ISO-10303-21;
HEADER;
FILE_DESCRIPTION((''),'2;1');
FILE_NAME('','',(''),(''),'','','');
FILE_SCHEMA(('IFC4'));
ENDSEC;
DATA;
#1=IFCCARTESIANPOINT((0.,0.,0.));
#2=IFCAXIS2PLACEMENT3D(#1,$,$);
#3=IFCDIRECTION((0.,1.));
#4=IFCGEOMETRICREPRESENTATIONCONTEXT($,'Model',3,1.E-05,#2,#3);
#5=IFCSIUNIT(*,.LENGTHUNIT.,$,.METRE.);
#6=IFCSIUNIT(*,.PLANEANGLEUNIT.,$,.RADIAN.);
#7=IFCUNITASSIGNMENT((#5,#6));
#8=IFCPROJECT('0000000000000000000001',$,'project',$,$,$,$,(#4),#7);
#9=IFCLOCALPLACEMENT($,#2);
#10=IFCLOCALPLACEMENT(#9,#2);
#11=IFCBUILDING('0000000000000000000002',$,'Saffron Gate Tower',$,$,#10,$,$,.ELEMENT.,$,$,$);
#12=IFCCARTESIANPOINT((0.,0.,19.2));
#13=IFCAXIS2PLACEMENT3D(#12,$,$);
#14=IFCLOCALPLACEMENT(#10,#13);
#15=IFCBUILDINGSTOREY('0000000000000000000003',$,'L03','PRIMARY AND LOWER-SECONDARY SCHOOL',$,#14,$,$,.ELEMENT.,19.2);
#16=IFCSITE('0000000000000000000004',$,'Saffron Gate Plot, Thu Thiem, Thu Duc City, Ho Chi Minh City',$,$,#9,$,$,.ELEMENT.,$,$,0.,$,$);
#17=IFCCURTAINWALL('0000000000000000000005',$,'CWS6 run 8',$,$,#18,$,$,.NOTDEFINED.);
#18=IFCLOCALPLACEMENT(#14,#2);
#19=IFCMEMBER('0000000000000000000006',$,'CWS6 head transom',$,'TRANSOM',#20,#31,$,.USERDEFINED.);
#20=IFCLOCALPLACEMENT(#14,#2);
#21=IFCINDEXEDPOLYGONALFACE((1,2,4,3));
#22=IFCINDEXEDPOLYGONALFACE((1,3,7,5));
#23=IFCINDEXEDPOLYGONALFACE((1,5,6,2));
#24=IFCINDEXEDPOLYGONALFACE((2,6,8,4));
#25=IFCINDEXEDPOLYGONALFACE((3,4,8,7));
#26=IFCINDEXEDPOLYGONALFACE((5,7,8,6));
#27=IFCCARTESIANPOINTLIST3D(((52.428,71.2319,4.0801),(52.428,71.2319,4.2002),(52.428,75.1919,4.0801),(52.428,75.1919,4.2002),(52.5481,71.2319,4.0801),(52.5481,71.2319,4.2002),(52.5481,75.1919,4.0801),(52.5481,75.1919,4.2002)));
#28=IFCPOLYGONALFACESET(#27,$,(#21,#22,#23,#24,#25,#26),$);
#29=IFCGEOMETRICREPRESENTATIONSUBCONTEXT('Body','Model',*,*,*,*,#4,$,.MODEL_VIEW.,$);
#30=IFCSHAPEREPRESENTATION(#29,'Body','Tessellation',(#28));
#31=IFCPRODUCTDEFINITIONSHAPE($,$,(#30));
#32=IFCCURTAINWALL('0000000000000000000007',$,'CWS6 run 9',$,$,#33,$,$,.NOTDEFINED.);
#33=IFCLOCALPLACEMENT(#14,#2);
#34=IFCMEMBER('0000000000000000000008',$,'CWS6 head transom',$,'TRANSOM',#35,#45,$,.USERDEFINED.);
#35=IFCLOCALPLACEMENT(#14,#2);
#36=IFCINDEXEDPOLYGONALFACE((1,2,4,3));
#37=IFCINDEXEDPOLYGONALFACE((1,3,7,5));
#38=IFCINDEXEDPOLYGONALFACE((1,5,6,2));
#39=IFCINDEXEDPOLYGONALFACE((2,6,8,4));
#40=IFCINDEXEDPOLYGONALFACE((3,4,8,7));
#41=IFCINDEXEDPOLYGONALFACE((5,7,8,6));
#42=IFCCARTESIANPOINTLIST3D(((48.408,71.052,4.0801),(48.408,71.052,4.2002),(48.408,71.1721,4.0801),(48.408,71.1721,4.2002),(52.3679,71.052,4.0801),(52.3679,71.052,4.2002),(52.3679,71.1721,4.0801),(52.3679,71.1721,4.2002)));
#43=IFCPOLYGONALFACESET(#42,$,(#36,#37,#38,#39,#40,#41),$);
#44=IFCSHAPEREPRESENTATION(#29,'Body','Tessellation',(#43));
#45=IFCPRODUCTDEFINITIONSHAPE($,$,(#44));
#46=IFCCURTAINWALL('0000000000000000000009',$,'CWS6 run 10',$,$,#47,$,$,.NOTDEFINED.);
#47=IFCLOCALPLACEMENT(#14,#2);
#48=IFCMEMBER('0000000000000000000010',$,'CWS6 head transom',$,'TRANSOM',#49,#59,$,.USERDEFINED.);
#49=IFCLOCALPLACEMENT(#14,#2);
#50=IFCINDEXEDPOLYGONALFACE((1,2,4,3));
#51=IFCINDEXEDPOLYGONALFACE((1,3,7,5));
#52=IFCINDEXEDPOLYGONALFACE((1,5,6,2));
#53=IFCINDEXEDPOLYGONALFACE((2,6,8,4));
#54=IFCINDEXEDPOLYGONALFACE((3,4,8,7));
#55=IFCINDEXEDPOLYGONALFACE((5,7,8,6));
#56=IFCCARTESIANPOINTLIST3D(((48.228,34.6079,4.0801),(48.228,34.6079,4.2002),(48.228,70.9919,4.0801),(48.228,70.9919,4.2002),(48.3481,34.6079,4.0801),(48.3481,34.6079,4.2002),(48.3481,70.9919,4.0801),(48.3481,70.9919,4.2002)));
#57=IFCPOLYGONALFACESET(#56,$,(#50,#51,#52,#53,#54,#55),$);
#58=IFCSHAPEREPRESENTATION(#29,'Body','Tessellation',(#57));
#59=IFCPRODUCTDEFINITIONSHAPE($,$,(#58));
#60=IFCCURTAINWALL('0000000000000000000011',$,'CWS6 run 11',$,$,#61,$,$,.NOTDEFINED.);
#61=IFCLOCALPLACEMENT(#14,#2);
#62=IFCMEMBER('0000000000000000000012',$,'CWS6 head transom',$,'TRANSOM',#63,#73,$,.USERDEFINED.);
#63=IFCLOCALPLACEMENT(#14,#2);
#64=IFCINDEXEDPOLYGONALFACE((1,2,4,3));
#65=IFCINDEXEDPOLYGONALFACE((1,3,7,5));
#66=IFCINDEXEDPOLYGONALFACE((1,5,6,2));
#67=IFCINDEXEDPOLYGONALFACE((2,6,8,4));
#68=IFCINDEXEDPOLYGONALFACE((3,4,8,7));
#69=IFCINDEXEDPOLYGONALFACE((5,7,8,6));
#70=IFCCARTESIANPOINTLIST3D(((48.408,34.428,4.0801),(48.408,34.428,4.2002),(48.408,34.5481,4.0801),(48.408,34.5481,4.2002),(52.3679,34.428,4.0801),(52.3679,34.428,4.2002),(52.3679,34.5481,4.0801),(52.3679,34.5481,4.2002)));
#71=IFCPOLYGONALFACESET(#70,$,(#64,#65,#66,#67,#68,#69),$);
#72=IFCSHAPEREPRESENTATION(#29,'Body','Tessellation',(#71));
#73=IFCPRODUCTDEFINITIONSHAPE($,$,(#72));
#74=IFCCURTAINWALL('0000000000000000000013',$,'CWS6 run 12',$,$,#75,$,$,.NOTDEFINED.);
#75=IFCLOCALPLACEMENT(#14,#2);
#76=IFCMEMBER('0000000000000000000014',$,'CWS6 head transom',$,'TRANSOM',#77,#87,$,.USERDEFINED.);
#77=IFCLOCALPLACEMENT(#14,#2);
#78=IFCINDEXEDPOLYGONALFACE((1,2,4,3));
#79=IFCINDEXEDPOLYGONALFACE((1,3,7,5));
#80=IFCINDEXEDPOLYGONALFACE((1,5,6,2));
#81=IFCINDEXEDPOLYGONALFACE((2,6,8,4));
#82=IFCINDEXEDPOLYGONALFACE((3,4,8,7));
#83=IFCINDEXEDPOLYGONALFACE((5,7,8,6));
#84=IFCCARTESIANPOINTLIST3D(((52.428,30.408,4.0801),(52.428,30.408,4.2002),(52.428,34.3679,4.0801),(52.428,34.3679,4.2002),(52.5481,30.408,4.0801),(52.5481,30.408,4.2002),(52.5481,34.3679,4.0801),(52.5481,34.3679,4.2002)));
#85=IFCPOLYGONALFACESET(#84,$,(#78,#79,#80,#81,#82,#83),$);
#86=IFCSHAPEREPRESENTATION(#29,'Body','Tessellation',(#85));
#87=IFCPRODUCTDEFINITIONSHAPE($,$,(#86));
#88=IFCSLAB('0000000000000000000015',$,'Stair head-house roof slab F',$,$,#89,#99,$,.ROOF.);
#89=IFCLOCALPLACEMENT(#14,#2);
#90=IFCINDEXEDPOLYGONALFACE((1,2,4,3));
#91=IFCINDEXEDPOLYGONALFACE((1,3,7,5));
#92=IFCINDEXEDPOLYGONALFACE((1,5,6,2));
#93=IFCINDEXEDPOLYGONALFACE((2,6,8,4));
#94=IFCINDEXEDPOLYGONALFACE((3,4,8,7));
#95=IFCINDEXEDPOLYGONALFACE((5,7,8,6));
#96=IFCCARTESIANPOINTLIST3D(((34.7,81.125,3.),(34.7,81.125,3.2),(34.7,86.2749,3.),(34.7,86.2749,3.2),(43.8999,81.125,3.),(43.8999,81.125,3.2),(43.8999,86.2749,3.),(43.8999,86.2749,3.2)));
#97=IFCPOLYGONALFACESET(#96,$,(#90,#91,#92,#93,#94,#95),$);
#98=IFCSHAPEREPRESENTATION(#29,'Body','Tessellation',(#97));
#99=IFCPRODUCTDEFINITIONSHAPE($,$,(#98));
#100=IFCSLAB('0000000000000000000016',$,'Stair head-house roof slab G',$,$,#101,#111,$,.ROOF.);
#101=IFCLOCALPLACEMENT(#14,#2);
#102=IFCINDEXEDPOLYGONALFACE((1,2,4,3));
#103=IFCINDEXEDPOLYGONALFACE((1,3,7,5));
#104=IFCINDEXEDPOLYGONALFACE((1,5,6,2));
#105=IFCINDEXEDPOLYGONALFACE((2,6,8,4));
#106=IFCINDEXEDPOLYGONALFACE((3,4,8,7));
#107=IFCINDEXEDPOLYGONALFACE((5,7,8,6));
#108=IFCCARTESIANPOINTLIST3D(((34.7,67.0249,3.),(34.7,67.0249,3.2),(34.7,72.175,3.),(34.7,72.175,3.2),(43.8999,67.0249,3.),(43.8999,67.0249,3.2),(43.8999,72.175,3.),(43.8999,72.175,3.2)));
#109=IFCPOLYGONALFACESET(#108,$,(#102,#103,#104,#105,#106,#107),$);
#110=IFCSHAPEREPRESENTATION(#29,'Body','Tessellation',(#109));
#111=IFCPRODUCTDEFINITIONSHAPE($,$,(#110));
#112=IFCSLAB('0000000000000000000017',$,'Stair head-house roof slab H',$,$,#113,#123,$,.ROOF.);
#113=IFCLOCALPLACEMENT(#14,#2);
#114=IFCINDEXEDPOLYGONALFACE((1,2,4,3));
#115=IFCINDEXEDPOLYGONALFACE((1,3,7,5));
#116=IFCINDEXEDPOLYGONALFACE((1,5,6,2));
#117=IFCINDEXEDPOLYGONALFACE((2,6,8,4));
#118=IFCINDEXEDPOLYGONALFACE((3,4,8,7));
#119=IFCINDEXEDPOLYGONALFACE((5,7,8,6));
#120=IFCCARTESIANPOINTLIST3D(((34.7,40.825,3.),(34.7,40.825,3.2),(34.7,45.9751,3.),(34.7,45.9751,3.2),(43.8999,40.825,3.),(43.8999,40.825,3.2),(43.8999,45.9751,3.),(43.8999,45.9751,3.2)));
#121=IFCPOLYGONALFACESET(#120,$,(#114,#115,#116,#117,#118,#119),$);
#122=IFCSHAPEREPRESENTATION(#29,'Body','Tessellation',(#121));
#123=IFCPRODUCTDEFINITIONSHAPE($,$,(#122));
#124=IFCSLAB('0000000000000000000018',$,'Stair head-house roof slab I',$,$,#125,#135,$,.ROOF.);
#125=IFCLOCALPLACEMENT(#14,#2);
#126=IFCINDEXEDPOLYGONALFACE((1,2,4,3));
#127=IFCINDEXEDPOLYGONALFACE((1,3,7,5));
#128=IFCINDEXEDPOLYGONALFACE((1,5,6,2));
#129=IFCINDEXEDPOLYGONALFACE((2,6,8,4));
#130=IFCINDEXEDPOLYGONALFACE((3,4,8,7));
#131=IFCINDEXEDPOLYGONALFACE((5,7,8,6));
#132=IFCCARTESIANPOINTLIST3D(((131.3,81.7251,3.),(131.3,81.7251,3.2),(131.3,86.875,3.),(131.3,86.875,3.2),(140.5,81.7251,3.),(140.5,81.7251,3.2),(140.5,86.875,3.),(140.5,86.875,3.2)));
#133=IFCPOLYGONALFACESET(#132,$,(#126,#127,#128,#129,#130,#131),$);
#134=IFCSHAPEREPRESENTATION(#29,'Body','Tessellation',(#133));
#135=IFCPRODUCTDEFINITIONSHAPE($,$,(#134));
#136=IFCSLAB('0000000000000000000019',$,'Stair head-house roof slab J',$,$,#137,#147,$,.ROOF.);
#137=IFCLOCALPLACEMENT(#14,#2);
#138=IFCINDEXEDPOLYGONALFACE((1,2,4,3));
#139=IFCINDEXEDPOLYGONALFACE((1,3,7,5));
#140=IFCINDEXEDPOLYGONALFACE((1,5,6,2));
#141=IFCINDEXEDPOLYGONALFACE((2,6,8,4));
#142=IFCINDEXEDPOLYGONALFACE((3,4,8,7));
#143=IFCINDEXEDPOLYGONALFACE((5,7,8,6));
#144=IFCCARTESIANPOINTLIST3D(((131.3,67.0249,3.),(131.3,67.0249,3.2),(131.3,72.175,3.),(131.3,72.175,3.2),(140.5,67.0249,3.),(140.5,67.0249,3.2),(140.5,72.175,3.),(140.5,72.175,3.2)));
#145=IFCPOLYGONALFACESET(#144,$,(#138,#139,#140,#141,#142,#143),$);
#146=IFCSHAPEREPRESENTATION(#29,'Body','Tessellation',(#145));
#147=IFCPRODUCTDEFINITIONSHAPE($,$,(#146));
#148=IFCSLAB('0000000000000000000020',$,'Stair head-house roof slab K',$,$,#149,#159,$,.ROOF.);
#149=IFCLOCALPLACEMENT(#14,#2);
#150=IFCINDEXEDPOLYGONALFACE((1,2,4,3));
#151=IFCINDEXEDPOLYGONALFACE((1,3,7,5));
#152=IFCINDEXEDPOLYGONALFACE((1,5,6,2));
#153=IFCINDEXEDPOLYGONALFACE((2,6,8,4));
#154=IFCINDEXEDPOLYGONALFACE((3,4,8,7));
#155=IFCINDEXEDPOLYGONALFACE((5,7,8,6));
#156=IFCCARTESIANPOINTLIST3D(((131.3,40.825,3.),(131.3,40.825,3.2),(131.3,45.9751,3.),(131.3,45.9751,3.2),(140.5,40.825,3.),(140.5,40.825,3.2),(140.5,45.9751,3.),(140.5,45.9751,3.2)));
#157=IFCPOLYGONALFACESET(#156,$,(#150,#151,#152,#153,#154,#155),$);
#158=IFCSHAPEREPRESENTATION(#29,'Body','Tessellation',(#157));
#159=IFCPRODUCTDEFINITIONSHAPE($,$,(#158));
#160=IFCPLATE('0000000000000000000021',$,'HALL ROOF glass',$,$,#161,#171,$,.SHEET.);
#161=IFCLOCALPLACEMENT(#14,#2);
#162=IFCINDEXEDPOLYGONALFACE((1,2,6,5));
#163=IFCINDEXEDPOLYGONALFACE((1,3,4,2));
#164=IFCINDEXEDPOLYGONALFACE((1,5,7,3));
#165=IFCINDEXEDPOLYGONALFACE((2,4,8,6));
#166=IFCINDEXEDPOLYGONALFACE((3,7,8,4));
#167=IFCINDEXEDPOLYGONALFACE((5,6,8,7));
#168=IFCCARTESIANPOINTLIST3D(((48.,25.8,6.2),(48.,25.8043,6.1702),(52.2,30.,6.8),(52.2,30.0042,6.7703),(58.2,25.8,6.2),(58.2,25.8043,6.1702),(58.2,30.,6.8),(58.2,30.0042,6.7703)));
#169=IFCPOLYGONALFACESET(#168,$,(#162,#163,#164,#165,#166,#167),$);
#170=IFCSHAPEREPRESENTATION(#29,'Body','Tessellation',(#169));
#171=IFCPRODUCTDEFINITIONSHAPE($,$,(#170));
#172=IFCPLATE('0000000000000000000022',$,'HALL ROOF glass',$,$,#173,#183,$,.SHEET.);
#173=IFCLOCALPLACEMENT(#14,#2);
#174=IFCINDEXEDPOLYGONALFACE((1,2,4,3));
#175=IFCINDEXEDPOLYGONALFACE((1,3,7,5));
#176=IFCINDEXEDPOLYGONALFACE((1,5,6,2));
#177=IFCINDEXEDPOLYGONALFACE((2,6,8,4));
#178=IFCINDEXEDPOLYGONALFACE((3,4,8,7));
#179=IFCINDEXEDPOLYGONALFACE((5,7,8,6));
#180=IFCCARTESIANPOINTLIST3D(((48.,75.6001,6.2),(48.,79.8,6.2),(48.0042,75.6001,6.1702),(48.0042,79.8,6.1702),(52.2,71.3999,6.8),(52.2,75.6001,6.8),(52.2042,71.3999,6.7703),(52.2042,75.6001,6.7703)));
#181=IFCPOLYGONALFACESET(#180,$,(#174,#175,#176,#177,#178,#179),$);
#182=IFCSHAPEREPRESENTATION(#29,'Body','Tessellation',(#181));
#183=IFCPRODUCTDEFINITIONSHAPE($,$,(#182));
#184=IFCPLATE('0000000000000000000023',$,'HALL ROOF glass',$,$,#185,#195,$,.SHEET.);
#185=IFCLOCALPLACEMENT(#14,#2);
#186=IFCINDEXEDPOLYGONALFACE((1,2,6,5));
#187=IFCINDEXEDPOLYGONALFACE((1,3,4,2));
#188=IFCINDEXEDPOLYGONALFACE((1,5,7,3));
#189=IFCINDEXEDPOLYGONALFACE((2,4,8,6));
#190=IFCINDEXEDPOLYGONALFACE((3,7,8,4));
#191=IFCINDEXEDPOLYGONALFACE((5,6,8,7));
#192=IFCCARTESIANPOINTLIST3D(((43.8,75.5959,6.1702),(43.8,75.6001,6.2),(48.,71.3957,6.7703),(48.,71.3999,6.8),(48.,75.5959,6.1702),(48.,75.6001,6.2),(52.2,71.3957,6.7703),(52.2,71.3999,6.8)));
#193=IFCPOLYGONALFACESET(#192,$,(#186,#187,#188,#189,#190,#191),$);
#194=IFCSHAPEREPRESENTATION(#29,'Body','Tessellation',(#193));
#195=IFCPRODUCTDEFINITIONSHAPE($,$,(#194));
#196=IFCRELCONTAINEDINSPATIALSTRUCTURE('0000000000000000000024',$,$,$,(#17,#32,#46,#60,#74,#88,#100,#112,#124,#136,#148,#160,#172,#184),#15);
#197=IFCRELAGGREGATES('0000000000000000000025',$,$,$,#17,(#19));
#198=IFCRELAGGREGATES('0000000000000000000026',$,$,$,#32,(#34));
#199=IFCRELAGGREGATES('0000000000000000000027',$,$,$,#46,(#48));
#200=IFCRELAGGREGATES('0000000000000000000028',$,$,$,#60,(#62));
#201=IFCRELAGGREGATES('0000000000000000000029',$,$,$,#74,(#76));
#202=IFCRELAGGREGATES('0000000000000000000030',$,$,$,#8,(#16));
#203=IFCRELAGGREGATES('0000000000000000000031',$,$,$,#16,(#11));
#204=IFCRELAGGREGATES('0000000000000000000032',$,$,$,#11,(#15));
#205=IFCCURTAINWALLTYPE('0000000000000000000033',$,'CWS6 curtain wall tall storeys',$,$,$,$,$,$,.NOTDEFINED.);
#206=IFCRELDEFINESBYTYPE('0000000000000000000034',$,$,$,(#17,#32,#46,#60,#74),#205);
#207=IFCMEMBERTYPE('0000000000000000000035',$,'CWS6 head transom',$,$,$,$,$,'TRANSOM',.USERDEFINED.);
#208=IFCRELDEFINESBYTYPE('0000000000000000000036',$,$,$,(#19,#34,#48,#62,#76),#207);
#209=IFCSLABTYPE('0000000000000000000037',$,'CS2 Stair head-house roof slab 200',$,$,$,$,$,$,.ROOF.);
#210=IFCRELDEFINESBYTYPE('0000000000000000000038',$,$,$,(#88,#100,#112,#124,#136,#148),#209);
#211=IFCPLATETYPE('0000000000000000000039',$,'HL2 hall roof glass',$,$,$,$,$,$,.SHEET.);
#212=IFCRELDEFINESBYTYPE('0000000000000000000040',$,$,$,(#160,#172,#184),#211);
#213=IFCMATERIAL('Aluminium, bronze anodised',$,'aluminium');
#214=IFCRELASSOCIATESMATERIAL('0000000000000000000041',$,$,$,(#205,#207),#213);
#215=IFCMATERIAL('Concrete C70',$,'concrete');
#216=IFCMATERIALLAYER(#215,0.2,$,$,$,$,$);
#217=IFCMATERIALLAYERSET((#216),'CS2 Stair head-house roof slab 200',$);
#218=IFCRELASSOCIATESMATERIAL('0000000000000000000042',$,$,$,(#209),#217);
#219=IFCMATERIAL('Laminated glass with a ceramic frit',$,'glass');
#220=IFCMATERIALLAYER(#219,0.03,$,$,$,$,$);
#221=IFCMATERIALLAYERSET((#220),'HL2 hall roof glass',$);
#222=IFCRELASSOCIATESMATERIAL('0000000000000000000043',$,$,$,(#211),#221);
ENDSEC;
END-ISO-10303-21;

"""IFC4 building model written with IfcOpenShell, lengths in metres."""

from ifc_helpers import new_model, si_unit, direction, frame, origin, origin_2d, place, context, subcontext, project, spatial, polyline, rectangle, outline, extrude, material, layer, layer_set, material_profile, profile_set, type_object, element, aggregate, save


model = new_model("IFC4")

# Units and contexts
model_context = context("Model", 3, precision=1e-05, world=origin(), true_north=direction((0.0, 1.0)))
body_context = subcontext(model_context, "Body", "Model", "MODEL_VIEW")
ifc_project = project(units=[si_unit("LENGTHUNIT", "METRE"), si_unit("PLANEANGLEUNIT", "RADIAN")], contexts=[model_context])

# Site, building, storey
site_placement = place(None, origin())
site = spatial("IfcSite", under=ifc_project, at=site_placement, Name="Saffron Gate Plot, Thu Thiem, Thu Duc City, Ho Chi Minh City", CompositionType="ELEMENT", RefElevation=0.0)
building_placement = place(site_placement, origin())
building = spatial("IfcBuilding", under=site, at=building_placement, Name="Saffron Gate Tower", CompositionType="ELEMENT")
storey_placement = place(building_placement, frame((0.0, 0.0, 19.2)))
storey = spatial("IfcBuildingStorey", under=building, at=storey_placement, Name="L03", Description="PRIMARY AND LOWER-SECONDARY SCHOOL", CompositionType="ELEMENT", Elevation=19.2)

# Curtain walls, members
ifc_material_1 = material(Name="Aluminium, bronze anodised", Category="aluminium")
curtain_wall_type = type_object("IfcCurtainWallType", Name="CWS6 curtain wall tall storeys", PredefinedType="NOTDEFINED", material=ifc_material_1)
curtain_wall_1_placement = place(storey_placement, origin())
curtain_wall_1 = element("IfcCurtainWall", 1, at=curtain_wall_1_placement, inside=storey, type_object=curtain_wall_type, Name="CWS6 run 8", PredefinedType="NOTDEFINED")
ifc_material_profile = material_profile(ifc_material_1, rectangle(XDim=0.1201, YDim=0.1201, at=origin_2d()))
ifc_profile_set = profile_set([ifc_material_profile], Name="Aluminium, bronze anodised")
member_type = type_object("IfcMemberType", Name="CWS6 head transom", ElementType="TRANSOM", PredefinedType="USERDEFINED", material=ifc_profile_set)
member_1_placement = place(storey_placement, frame((52.488, 75.1919, 4.1401), z_axis=(0.0, -1.0, 0.0), x_axis=(1.0, 0.0, 0.0)))
member_1 = element("IfcMember", 2, at=member_1_placement, type_object=member_type, Name="CWS6 head transom", ObjectType="TRANSOM", PredefinedType="USERDEFINED", context=body_context, shape_type="SweptSolid", body=[
    extrude(rectangle(XDim=0.1201, YDim=0.1201, at=origin_2d()), origin(), (0.0, 0.0, 1.0), 3.96),
])
aggregate(curtain_wall_1, [member_1])
curtain_wall_2_placement = place(storey_placement, origin())
curtain_wall_2 = element("IfcCurtainWall", 3, at=curtain_wall_2_placement, inside=storey, type_object=curtain_wall_type, Name="CWS6 run 9", PredefinedType="NOTDEFINED")
member_2_placement = place(storey_placement, frame((52.3679, 71.1121, 4.1401), z_axis=(-1.0, 0.0, 0.0), x_axis=(0.0, -1.0, 0.0)))
member_2 = element("IfcMember", 4, at=member_2_placement, type_object=member_type, Name="CWS6 head transom", ObjectType="TRANSOM", PredefinedType="USERDEFINED", context=body_context, shape_type="SweptSolid", body=[
    extrude(rectangle(XDim=0.1201, YDim=0.1201, at=origin_2d()), origin(), (0.0, 0.0, 1.0), 3.96),
])
aggregate(curtain_wall_2, [member_2])
curtain_wall_3_placement = place(storey_placement, origin())
curtain_wall_3 = element("IfcCurtainWall", 5, at=curtain_wall_3_placement, inside=storey, type_object=curtain_wall_type, Name="CWS6 run 10", PredefinedType="NOTDEFINED")
member_3_placement = place(storey_placement, frame((48.2881, 70.9919, 4.1401), z_axis=(0.0, -1.0, 0.0), x_axis=(1.0, 0.0, 0.0)))
member_3 = element("IfcMember", 6, at=member_3_placement, type_object=member_type, Name="CWS6 head transom", ObjectType="TRANSOM", PredefinedType="USERDEFINED", context=body_context, shape_type="SweptSolid", body=[
    extrude(rectangle(XDim=0.1201, YDim=0.1201, at=origin_2d()), origin(), (0.0, 0.0, 1.0), 36.384),
])
aggregate(curtain_wall_3, [member_3])
curtain_wall_4_placement = place(storey_placement, origin())
curtain_wall_4 = element("IfcCurtainWall", 7, at=curtain_wall_4_placement, inside=storey, type_object=curtain_wall_type, Name="CWS6 run 11", PredefinedType="NOTDEFINED")
member_4_placement = place(storey_placement, frame((48.408, 34.488, 4.1401), z_axis=(1.0, 0.0, 0.0), x_axis=(0.0, 1.0, 0.0)))
member_4 = element("IfcMember", 8, at=member_4_placement, type_object=member_type, Name="CWS6 head transom", ObjectType="TRANSOM", PredefinedType="USERDEFINED", context=body_context, shape_type="SweptSolid", body=[
    extrude(rectangle(XDim=0.1201, YDim=0.1201, at=origin_2d()), origin(), (0.0, 0.0, 1.0), 3.96),
])
aggregate(curtain_wall_4, [member_4])
curtain_wall_5_placement = place(storey_placement, origin())
curtain_wall_5 = element("IfcCurtainWall", 9, at=curtain_wall_5_placement, inside=storey, type_object=curtain_wall_type, Name="CWS6 run 12", PredefinedType="NOTDEFINED")
member_5_placement = place(storey_placement, frame((52.488, 34.3679, 4.1401), z_axis=(0.0, -1.0, 0.0), x_axis=(1.0, 0.0, 0.0)))
member_5 = element("IfcMember", 10, at=member_5_placement, type_object=member_type, Name="CWS6 head transom", ObjectType="TRANSOM", PredefinedType="USERDEFINED", context=body_context, shape_type="SweptSolid", body=[
    extrude(rectangle(XDim=0.1201, YDim=0.1201, at=origin_2d()), origin(), (0.0, 0.0, 1.0), 3.96),
])
aggregate(curtain_wall_5, [member_5])

# Slabs
ifc_material_2 = material(Name="Concrete C70", Category="concrete")
ifc_layer_1 = layer(ifc_material_2, 0.2)
ifc_layer_set_1 = layer_set([ifc_layer_1], Name="CS2 Stair head-house roof slab 200")
slab_type = type_object("IfcSlabType", Name="CS2 Stair head-house roof slab 200", PredefinedType="ROOF", material=ifc_layer_set_1)
slab_1_placement = place(storey_placement, frame((0.0, 0.0, 3.0)))
element("IfcSlab", 11, at=slab_1_placement, inside=storey, type_object=slab_type, Name="Stair head-house roof slab F", PredefinedType="ROOF", context=body_context, shape_type="SweptSolid", body=[
    extrude(outline(polyline([(34.7, 81.125), (43.8999, 81.125), (43.8999, 86.2749), (34.7, 86.2749), (34.7, 81.125)])), origin(), (0.0, 0.0, 1.0), 0.2),
])
slab_2_placement = place(storey_placement, frame((0.0, 0.0, 3.0)))
element("IfcSlab", 12, at=slab_2_placement, inside=storey, type_object=slab_type, Name="Stair head-house roof slab G", PredefinedType="ROOF", context=body_context, shape_type="SweptSolid", body=[
    extrude(outline(polyline([(34.7, 67.0249), (43.8999, 67.0249), (43.8999, 72.175), (34.7, 72.175), (34.7, 67.0249)])), origin(), (0.0, 0.0, 1.0), 0.2),
])
slab_3_placement = place(storey_placement, frame((0.0, 0.0, 3.0)))
element("IfcSlab", 13, at=slab_3_placement, inside=storey, type_object=slab_type, Name="Stair head-house roof slab H", PredefinedType="ROOF", context=body_context, shape_type="SweptSolid", body=[
    extrude(outline(polyline([(34.7, 40.825), (43.8999, 40.825), (43.8999, 45.9751), (34.7, 45.9751), (34.7, 40.825)])), origin(), (0.0, 0.0, 1.0), 0.2),
])
slab_4_placement = place(storey_placement, frame((0.0, 0.0, 3.0)))
element("IfcSlab", 14, at=slab_4_placement, inside=storey, type_object=slab_type, Name="Stair head-house roof slab I", PredefinedType="ROOF", context=body_context, shape_type="SweptSolid", body=[
    extrude(outline(polyline([(131.3, 81.7251), (140.5, 81.7251), (140.5, 86.875), (131.3, 86.875), (131.3, 81.7251)])), origin(), (0.0, 0.0, 1.0), 0.2),
])
slab_5_placement = place(storey_placement, frame((0.0, 0.0, 3.0)))
element("IfcSlab", 15, at=slab_5_placement, inside=storey, type_object=slab_type, Name="Stair head-house roof slab J", PredefinedType="ROOF", context=body_context, shape_type="SweptSolid", body=[
    extrude(outline(polyline([(131.3, 67.0249), (140.5, 67.0249), (140.5, 72.175), (131.3, 72.175), (131.3, 67.0249)])), origin(), (0.0, 0.0, 1.0), 0.2),
])
slab_6_placement = place(storey_placement, frame((0.0, 0.0, 3.0)))
element("IfcSlab", 16, at=slab_6_placement, inside=storey, type_object=slab_type, Name="Stair head-house roof slab K", PredefinedType="ROOF", context=body_context, shape_type="SweptSolid", body=[
    extrude(outline(polyline([(131.3, 40.825), (140.5, 40.825), (140.5, 45.9751), (131.3, 45.9751), (131.3, 40.825)])), origin(), (0.0, 0.0, 1.0), 0.2),
])

# Plates
ifc_material_3 = material(Name="Laminated glass with a ceramic frit", Category="glass")
ifc_layer_2 = layer(ifc_material_3, 0.03)
ifc_layer_set_2 = layer_set([ifc_layer_2], Name="HL2 hall roof glass")
plate_type_1 = type_object("IfcPlateType", Name="HL2 hall roof glass", PredefinedType="SHEET", material=ifc_layer_set_2)
plate_1_placement = place(storey_placement, frame((52.2, 30.0, 6.8), z_axis=(0.0, -0.141446, 0.989946), x_axis=(1.0, 0.0, 0.0)))
element("IfcPlate", 17, at=plate_1_placement, inside=storey, type_object=plate_type_1, Name="HALL ROOF glass", PredefinedType="SHEET", context=body_context, shape_type="SweptSolid", body=[
    extrude(outline(polyline([(0.0, 0.0), (6.0, 0.0), (6.0, -4.2426), (-4.2, -4.2426), (0.0, 0.0)])), origin(), (0.0, 0.0, -1.0), 0.03),
])
plate_2_placement = place(storey_placement, frame((52.2, 75.6001, 6.8), z_axis=(-0.141446, 0.0, 0.989946), x_axis=(0.0, -1.0, 0.0)))
element("IfcPlate", 18, at=plate_2_placement, inside=storey, type_object=plate_type_1, Name="HALL ROOF glass", PredefinedType="SHEET", context=body_context, shape_type="SweptSolid", body=[
    extrude(outline(polyline([(0.0, 0.0), (4.2002, 0.0), (0.0, -4.2426), (-4.2, -4.2426), (0.0, 0.0)])), origin(), (0.0, 0.0, -1.0), 0.03),
])
plate_3_placement = place(storey_placement, frame((52.2, 71.3999, 6.8), z_axis=(0.0, 0.141437, 0.989947), x_axis=(-1.0, 0.0, 0.0)))
element("IfcPlate", 19, at=plate_3_placement, inside=storey, type_object=plate_type_1, Name="HALL ROOF glass", PredefinedType="SHEET", context=body_context, shape_type="SweptSolid", body=[
    extrude(outline(polyline([(0.0, 0.0), (4.2, 0.0), (8.3999, -4.2428), (4.2, -4.2428), (0.0, 0.0)])), origin(), (0.0, 0.0, -1.0), 0.03),
])

save(model, "model.ifc")
